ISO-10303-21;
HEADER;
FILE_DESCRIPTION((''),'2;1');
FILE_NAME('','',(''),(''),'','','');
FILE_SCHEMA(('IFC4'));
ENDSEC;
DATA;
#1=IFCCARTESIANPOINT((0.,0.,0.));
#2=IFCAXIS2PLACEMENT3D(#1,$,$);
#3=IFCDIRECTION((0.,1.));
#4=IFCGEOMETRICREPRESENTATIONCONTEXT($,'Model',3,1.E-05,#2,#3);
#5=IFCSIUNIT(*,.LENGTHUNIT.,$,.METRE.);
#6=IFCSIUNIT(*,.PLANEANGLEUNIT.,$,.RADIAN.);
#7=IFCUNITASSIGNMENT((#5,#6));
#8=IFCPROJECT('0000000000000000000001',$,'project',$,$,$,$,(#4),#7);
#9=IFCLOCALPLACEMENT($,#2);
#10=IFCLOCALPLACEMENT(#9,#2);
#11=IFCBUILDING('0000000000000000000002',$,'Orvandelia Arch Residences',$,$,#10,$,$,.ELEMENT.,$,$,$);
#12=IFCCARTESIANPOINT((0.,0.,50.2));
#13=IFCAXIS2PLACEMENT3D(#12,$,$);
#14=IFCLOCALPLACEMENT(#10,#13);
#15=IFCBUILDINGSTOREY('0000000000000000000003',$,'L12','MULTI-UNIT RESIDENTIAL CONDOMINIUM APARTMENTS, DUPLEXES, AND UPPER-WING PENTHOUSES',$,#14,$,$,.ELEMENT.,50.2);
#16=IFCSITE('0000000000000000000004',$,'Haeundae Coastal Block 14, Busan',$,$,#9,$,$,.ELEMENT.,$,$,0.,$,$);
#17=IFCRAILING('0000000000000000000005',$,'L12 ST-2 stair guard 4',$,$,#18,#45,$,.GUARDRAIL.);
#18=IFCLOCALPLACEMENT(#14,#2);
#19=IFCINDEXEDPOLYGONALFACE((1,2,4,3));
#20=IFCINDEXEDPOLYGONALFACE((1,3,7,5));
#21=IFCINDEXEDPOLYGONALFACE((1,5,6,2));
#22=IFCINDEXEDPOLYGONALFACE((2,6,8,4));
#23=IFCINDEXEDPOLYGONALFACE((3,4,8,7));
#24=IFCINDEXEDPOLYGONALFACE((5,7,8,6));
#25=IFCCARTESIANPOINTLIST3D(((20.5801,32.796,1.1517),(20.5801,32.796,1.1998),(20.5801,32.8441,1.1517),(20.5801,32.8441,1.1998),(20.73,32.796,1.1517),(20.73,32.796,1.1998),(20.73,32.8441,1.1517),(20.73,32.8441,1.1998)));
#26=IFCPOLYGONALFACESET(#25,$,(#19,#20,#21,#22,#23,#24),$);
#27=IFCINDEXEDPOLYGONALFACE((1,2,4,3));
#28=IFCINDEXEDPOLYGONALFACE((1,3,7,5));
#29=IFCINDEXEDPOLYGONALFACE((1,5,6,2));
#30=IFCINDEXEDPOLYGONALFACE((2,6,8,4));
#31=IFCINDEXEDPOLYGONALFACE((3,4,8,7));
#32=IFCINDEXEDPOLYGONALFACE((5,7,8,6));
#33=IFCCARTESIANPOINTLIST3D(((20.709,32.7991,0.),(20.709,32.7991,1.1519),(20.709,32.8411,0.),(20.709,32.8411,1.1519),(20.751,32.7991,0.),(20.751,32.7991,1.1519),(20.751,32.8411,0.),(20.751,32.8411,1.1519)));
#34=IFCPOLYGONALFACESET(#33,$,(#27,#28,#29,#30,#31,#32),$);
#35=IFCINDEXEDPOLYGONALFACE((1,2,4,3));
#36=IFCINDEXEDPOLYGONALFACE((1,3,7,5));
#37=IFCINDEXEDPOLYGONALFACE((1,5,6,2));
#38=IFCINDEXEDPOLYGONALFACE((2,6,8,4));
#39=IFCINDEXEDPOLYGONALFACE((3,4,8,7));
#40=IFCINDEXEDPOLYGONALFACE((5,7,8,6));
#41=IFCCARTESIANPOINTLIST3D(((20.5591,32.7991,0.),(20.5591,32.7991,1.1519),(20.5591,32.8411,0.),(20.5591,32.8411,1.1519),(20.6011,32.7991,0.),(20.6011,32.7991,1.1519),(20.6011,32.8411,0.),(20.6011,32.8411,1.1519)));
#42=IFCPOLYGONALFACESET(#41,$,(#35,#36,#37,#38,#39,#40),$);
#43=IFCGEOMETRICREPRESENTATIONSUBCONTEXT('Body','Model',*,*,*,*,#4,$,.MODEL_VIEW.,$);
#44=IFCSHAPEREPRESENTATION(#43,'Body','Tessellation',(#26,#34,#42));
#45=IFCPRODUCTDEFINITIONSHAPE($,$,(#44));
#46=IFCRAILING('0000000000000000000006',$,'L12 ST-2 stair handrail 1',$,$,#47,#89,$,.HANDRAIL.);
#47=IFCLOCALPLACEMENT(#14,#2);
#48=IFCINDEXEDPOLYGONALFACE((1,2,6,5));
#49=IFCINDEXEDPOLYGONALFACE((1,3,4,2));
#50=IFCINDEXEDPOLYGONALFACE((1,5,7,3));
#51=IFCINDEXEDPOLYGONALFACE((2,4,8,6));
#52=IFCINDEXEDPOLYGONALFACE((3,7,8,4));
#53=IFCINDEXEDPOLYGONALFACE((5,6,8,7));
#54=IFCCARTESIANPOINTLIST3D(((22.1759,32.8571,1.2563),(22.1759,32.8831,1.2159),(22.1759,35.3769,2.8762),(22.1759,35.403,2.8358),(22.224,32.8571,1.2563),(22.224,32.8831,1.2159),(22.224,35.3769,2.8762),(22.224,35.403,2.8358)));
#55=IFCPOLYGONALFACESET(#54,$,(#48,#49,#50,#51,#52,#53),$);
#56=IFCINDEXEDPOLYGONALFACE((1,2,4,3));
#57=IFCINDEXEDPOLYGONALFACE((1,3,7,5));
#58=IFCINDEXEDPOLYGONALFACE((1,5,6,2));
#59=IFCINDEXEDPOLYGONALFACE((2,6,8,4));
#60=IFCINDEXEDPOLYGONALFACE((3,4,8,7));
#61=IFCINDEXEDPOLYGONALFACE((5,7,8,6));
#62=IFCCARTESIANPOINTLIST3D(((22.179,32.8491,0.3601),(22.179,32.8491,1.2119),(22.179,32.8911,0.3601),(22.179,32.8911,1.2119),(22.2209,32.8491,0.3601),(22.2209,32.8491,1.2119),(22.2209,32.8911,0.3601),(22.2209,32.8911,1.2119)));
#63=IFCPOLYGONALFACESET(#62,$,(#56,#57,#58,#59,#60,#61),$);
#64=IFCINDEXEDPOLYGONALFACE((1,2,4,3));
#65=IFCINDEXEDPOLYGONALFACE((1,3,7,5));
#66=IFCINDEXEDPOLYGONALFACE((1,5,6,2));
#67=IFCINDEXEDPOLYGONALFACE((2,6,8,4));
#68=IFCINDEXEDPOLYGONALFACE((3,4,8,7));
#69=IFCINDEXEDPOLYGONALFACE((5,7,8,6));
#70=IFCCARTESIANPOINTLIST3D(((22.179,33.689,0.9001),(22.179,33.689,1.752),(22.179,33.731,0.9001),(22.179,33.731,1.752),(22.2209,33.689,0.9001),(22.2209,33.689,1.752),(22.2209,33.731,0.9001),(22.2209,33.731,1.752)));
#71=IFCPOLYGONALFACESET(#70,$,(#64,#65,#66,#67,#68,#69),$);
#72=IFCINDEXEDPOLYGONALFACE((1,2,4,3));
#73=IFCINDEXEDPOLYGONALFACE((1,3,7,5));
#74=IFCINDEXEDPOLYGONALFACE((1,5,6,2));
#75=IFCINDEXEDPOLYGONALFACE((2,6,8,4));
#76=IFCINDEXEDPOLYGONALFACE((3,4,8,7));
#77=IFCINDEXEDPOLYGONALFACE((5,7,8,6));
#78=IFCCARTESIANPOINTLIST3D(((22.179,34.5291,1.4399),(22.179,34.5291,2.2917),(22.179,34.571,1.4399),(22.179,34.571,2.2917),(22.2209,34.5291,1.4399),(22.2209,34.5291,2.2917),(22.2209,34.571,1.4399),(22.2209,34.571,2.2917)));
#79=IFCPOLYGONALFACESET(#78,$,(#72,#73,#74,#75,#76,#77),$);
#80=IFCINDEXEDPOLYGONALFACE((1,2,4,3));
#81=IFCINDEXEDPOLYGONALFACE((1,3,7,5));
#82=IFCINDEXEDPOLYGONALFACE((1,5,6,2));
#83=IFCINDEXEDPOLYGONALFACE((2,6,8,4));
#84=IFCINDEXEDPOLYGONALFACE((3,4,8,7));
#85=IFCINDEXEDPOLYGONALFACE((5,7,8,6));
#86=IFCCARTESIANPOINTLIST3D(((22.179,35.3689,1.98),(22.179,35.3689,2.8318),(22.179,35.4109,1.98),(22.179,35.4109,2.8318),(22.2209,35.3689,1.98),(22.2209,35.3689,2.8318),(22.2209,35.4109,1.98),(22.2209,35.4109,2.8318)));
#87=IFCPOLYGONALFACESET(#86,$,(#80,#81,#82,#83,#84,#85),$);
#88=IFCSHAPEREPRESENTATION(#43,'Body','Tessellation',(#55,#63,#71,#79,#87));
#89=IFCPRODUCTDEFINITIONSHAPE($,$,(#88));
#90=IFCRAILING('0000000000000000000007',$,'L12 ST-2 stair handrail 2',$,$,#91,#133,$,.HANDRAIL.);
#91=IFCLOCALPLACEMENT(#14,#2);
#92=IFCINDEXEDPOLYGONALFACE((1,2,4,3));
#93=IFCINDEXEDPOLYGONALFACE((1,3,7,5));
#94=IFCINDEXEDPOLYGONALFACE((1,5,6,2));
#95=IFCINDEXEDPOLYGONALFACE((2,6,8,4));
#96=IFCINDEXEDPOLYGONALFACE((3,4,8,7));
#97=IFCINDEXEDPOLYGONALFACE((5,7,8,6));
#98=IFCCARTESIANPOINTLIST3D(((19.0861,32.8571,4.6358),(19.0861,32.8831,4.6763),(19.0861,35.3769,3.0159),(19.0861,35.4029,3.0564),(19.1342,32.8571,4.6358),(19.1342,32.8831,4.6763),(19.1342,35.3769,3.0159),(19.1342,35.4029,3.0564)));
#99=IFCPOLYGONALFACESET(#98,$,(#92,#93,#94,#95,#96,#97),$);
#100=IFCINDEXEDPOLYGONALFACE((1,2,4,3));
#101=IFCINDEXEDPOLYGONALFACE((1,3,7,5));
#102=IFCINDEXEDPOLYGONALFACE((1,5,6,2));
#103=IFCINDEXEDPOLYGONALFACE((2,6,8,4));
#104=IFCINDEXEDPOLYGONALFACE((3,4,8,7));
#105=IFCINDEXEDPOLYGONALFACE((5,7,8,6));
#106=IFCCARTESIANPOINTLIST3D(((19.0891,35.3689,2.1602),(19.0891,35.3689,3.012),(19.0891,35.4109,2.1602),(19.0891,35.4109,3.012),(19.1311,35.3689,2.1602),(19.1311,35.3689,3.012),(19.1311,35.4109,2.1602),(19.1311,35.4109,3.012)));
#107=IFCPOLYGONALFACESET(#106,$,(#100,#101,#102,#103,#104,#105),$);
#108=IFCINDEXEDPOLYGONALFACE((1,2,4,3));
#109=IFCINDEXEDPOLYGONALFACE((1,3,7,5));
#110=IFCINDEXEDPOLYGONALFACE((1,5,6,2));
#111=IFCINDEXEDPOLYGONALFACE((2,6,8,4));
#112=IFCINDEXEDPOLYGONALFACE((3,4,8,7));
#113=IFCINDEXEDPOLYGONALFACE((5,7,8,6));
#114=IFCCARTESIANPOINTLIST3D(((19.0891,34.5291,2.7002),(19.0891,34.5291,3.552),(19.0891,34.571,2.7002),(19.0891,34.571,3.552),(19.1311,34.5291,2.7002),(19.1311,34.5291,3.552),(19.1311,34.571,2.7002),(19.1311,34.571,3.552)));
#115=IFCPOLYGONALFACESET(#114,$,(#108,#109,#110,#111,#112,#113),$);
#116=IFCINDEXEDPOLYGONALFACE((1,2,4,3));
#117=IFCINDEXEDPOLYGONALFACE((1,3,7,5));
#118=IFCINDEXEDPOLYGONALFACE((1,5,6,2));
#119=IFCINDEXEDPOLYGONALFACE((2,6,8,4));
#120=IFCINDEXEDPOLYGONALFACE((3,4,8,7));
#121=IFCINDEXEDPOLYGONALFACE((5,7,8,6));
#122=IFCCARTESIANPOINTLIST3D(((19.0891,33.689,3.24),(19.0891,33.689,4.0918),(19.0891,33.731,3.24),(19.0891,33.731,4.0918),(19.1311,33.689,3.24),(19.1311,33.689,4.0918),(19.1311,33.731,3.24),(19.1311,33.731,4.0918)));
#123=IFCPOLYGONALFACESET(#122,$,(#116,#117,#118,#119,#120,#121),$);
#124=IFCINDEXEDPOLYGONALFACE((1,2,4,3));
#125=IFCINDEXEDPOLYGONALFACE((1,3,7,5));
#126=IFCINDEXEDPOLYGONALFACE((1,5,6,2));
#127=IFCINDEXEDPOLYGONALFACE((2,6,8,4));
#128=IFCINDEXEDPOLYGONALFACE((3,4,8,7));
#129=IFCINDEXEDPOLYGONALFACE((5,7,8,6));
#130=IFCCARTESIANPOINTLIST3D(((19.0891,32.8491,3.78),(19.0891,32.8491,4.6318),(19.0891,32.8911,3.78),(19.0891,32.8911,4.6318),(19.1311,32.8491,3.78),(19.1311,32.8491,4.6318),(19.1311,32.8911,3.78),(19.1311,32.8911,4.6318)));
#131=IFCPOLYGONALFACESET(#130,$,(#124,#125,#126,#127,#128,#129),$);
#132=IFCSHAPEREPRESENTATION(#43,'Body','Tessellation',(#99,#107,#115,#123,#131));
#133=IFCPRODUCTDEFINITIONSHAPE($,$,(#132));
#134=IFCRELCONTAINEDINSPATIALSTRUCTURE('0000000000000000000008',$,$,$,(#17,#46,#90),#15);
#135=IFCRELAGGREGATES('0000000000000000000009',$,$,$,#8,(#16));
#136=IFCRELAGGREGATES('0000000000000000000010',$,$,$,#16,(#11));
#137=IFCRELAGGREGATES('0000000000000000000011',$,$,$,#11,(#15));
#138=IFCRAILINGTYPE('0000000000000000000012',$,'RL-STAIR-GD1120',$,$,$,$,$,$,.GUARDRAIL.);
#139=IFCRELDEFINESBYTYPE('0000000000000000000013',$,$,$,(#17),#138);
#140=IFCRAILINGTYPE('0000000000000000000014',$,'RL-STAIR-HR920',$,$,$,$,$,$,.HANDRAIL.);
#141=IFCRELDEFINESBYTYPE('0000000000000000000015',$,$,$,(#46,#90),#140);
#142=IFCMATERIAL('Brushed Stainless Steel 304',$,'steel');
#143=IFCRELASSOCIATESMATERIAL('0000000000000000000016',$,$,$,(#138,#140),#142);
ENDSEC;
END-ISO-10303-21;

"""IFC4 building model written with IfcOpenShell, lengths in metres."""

from ifc_helpers import new_model, si_unit, direction, frame, origin, origin_2d, place, context, subcontext, project, spatial, rectangle, extrude, material, type_object, element, save


model = new_model("IFC4")

# Units and contexts
model_context = context("Model", 3, precision=1e-05, world=origin(), true_north=direction((0.0, 1.0)))
body_context = subcontext(model_context, "Body", "Model", "MODEL_VIEW")
ifc_project = project(units=[si_unit("LENGTHUNIT", "METRE"), si_unit("PLANEANGLEUNIT", "RADIAN")], contexts=[model_context])

# Site, building, storey
site_placement = place(None, origin())
site = spatial("IfcSite", under=ifc_project, at=site_placement, Name="Haeundae Coastal Block 14, Busan", CompositionType="ELEMENT", RefElevation=0.0)
building_placement = place(site_placement, origin())
building = spatial("IfcBuilding", under=site, at=building_placement, Name="Orvandelia Arch Residences", CompositionType="ELEMENT")
storey_placement = place(building_placement, frame((0.0, 0.0, 50.2)))
storey = spatial("IfcBuildingStorey", under=building, at=storey_placement, Name="L12", Description="MULTI-UNIT RESIDENTIAL CONDOMINIUM APARTMENTS, DUPLEXES, AND UPPER-WING PENTHOUSES", CompositionType="ELEMENT", Elevation=50.2)

# Railings
ifc_material_1 = material(Name="Brushed Stainless Steel 304", Category="steel")
railing_type_1 = type_object("IfcRailingType", Name="RL-STAIR-GD1120", PredefinedType="GUARDRAIL", material=ifc_material_1)
railing_1_placement = place(storey_placement, frame((20.73, 32.8201, 0.0)))
element("IfcRailing", 1, at=railing_1_placement, inside=storey, type_object=railing_type_1, Name="L12 ST-2 stair guard 4", PredefinedType="GUARDRAIL", context=body_context, shape_type="SweptSolid", body=[
    extrude(rectangle(XDim=0.0481, YDim=0.0481, at=origin_2d()), frame((0.0, 0.0, 1.1758), z_axis=(-1.0, 0.0, 0.0), x_axis=(0.0, -1.0, 0.0)), (0.0, 0.0, 1.0), 0.1499),
    extrude(rectangle(XDim=0.042, YDim=0.042, at=origin_2d()), origin(), (0.0, 0.0, 1.0), 1.1519),
    extrude(rectangle(XDim=0.042, YDim=0.042, at=origin_2d()), frame((-0.1499, 0.0, 0.0)), (0.0, 0.0, 1.0), 1.1519),
])
railing_type_2 = type_object("IfcRailingType", Name="RL-STAIR-HR920", PredefinedType="HANDRAIL", material=ifc_material_1)
railing_2_placement = place(storey_placement, frame((22.2, 32.8701, 0.3601)))
element("IfcRailing", 2, at=railing_2_placement, inside=storey, type_object=railing_type_2, Name="L12 ST-2 stair handrail 1", PredefinedType="HANDRAIL", context=body_context, shape_type="SweptSolid", body=[
    extrude(rectangle(XDim=0.0481, YDim=0.0481, at=origin_2d()), frame((0.0, 0.0, 0.876), z_axis=(0.0, 0.841176, 0.540762), x_axis=(-1.0, 0.0, 0.0)), (0.0, 0.0, 1.0), 2.9956),
    extrude(rectangle(XDim=0.042, YDim=0.042, at=origin_2d()), origin(), (0.0, 0.0, 1.0), 0.8518),
    extrude(rectangle(XDim=0.042, YDim=0.042, at=origin_2d()), frame((0.0, 0.8398, 0.54)), (0.0, 0.0, 1.0), 0.8518),
    extrude(rectangle(XDim=0.042, YDim=0.042, at=origin_2d()), frame((0.0, 1.6799, 1.0798)), (0.0, 0.0, 1.0), 0.8518),
    extrude(rectangle(XDim=0.042, YDim=0.042, at=origin_2d()), frame((0.0, 2.5198, 1.6199)), (0.0, 0.0, 1.0), 0.8518),
])
railing_3_placement = place(storey_placement, frame((19.1101, 35.3899, 2.1602)))
element("IfcRailing", 3, at=railing_3_placement, inside=storey, type_object=railing_type_2, Name="L12 ST-2 stair handrail 2", PredefinedType="HANDRAIL", context=body_context, shape_type="SweptSolid", body=[
    extrude(rectangle(XDim=0.0481, YDim=0.0481, at=origin_2d()), frame((0.0, 0.0, 0.876), z_axis=(0.0, -0.841176, 0.540762), x_axis=(1.0, 0.0, 0.0)), (0.0, 0.0, 1.0), 2.9956),
    extrude(rectangle(XDim=0.042, YDim=0.042, at=origin_2d()), origin(), (0.0, 0.0, 1.0), 0.8518),
    extrude(rectangle(XDim=0.042, YDim=0.042, at=origin_2d()), frame((0.0, -0.8398, 0.54)), (0.0, 0.0, 1.0), 0.8518),
    extrude(rectangle(XDim=0.042, YDim=0.042, at=origin_2d()), frame((0.0, -1.6799, 1.0798)), (0.0, 0.0, 1.0), 0.8518),
    extrude(rectangle(XDim=0.042, YDim=0.042, at=origin_2d()), frame((0.0, -2.5198, 1.6199)), (0.0, 0.0, 1.0), 0.8518),
])

save(model, "model.ifc")
